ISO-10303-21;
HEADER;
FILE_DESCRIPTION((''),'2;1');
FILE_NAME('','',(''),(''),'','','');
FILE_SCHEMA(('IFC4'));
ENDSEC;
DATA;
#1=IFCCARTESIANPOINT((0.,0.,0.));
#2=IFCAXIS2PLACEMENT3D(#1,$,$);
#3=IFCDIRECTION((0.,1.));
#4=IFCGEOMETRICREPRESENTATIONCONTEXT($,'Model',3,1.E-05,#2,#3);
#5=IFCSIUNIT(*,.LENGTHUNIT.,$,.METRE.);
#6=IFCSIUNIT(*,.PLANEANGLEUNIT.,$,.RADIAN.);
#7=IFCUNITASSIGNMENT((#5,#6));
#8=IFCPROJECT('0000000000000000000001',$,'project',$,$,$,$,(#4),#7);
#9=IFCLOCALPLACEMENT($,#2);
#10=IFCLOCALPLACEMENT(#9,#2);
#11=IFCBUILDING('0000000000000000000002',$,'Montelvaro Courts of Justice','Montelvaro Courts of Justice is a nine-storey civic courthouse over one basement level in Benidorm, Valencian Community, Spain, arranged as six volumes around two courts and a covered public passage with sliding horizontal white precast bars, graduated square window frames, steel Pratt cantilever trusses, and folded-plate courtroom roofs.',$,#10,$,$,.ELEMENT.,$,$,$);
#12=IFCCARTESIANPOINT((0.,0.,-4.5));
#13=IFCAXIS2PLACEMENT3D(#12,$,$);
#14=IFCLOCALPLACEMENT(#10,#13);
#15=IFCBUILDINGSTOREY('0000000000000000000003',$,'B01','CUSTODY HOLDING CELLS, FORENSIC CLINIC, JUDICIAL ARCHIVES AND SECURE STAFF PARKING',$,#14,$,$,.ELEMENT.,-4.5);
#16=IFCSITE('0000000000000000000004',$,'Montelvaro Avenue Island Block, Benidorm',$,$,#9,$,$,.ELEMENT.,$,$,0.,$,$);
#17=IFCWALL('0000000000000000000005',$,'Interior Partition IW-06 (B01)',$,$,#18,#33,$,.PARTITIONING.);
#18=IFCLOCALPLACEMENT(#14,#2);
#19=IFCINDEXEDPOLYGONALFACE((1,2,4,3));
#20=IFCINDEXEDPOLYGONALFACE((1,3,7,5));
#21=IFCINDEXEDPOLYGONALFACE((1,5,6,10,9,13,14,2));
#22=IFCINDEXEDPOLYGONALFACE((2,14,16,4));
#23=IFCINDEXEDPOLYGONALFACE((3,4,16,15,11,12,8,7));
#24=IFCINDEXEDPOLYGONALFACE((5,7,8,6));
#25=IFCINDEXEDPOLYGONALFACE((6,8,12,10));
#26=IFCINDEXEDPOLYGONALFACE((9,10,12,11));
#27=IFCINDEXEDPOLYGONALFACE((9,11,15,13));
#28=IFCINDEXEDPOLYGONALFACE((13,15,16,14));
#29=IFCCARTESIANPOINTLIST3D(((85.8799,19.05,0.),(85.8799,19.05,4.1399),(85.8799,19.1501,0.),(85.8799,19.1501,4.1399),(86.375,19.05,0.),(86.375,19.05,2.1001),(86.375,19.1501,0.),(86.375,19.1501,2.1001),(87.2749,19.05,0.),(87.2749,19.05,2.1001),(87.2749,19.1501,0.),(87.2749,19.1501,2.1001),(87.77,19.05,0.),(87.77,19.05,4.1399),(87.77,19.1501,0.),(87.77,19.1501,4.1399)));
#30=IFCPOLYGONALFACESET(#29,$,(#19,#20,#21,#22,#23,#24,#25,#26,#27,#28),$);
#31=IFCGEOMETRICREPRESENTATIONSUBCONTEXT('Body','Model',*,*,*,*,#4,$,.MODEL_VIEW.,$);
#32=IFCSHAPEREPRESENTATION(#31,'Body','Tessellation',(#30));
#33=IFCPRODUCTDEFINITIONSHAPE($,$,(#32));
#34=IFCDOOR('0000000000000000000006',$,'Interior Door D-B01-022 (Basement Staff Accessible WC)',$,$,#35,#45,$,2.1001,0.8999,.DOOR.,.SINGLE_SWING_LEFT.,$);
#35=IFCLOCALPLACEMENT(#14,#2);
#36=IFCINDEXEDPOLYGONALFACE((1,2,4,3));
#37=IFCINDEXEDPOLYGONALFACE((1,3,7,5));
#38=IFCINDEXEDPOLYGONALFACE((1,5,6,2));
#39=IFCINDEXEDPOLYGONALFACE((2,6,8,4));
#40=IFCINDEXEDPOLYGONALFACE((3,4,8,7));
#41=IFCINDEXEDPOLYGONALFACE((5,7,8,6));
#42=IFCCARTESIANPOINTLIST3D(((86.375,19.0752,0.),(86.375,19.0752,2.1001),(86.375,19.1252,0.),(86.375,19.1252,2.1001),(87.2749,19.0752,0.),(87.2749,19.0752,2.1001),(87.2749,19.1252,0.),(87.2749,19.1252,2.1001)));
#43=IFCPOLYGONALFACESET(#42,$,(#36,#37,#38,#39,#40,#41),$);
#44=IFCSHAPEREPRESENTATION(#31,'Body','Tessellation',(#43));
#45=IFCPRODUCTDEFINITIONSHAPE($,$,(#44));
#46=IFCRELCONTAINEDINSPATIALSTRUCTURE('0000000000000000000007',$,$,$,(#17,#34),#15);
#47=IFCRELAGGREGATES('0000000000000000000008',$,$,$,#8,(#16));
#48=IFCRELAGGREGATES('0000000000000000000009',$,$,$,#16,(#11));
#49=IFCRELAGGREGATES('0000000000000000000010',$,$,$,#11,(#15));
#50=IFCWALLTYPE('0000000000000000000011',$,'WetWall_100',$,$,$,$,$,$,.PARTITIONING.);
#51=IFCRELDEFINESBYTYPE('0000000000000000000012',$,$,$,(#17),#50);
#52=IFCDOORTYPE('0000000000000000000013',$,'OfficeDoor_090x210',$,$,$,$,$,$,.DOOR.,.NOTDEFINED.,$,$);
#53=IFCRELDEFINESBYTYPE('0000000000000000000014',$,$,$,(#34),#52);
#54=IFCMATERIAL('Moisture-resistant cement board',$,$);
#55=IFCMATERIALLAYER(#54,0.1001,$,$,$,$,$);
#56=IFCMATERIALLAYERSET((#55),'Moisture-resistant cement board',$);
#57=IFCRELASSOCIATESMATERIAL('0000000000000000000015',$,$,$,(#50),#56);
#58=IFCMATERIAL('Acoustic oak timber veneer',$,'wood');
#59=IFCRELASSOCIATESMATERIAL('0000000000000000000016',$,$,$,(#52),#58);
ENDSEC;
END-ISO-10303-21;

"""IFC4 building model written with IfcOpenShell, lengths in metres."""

from ifc_helpers import new_model, si_unit, direction, frame, frame_2d, origin, place, context, subcontext, project, spatial, rectangle, extrude, material, layer, layer_set, type_object, element, fill, save


model = new_model("IFC4")

# Units and contexts
model_context = context("Model", 3, precision=1e-05, world=origin(), true_north=direction((0.0, 1.0)))
body_context = subcontext(model_context, "Body", "Model", "MODEL_VIEW")
ifc_project = project(units=[si_unit("LENGTHUNIT", "METRE"), si_unit("PLANEANGLEUNIT", "RADIAN")], contexts=[model_context])

# Site, building, storey
site_placement = place(None, origin())
site = spatial("IfcSite", under=ifc_project, at=site_placement, Name="Montelvaro Avenue Island Block, Benidorm", CompositionType="ELEMENT", RefElevation=0.0)
building_placement = place(site_placement, origin())
building = spatial("IfcBuilding", under=site, at=building_placement, Name="Montelvaro Courts of Justice", Description="Montelvaro Courts of Justice is a nine-storey civic courthouse over one basement level in Benidorm, Valencian Community, Spain, arranged as six volumes around two courts and a covered public passage with sliding horizontal white precast bars, graduated square window frames, steel Pratt cantilever trusses, and folded-plate courtroom roofs.", CompositionType="ELEMENT")
storey_placement = place(building_placement, frame((0.0, 0.0, -4.5)))
storey = spatial("IfcBuildingStorey", under=building, at=storey_placement, Name="B01", Description="CUSTODY HOLDING CELLS, FORENSIC CLINIC, JUDICIAL ARCHIVES AND SECURE STAFF PARKING", CompositionType="ELEMENT", Elevation=-4.5)

# Wall, opening, door
ifc_material_1 = material(Name="Moisture-resistant cement board")
ifc_layer_1 = layer(ifc_material_1, 0.1001)
ifc_layer_set_1 = layer_set([ifc_layer_1], Name="Moisture-resistant cement board")
wall_type_1 = type_object("IfcWallType", Name="WetWall_100", PredefinedType="PARTITIONING", material=ifc_layer_set_1)
ifc_material_2 = material(Name="Acoustic oak timber veneer", Category="wood")
wall_1_placement = place(storey_placement, frame((87.77, 19.1001, 0.0), z_axis=(0.0, 0.0, 1.0), x_axis=(-1.0, 0.0, 0.0)))
wall_1 = element("IfcWall", 1, at=wall_1_placement, inside=storey, type_object=wall_type_1, Name="Interior Partition IW-06 (B01)", PredefinedType="PARTITIONING", context=body_context, shape_type="SweptSolid", body=[
    extrude(rectangle(XDim=1.8901, YDim=0.1001, at=frame_2d((0.9451, 0.0))), origin(), (0.0, 0.0, 1.0), 4.1399),
])
opening_1_placement = place(wall_1_placement, frame((0.4951, 0.0, 0.0)))
opening_1 = element("IfcOpeningElement", 2, at=opening_1_placement, cuts=wall_1, PredefinedType="OPENING", context=body_context, shape_type="SweptSolid", body=[
    extrude(rectangle(XDim=0.8999, YDim=2.1001, at=frame_2d((0.45, 1.05))), frame((0.0, 0.0649, 0.0), z_axis=(0.0, -1.0, 0.0), x_axis=(1.0, 0.0, 0.0)), (0.0, 0.0, 1.0), 0.1299),
])
door_type_1 = type_object("IfcDoorType", Name="OfficeDoor_090x210", OperationType="NOTDEFINED", PredefinedType="DOOR", material=ifc_material_2)
door_1_placement = place(opening_1_placement, origin())
door_1 = element("IfcDoor", 3, at=door_1_placement, inside=storey, type_object=door_type_1, Name="Interior Door D-B01-022 (Basement Staff Accessible WC)", OperationType="SINGLE_SWING_LEFT", OverallHeight=2.1001, OverallWidth=0.8999, PredefinedType="DOOR", context=body_context, shape_type="SweptSolid", body=[
    extrude(rectangle(XDim=0.8999, YDim=2.1001, at=frame_2d((0.45, 1.05))), frame((0.0, 0.0249, 0.0), z_axis=(0.0, -1.0, 0.0), x_axis=(1.0, 0.0, 0.0)), (0.0, 0.0, 1.0), 0.05),
])
fill(opening_1, door_1)

save(model, "model.ifc")
